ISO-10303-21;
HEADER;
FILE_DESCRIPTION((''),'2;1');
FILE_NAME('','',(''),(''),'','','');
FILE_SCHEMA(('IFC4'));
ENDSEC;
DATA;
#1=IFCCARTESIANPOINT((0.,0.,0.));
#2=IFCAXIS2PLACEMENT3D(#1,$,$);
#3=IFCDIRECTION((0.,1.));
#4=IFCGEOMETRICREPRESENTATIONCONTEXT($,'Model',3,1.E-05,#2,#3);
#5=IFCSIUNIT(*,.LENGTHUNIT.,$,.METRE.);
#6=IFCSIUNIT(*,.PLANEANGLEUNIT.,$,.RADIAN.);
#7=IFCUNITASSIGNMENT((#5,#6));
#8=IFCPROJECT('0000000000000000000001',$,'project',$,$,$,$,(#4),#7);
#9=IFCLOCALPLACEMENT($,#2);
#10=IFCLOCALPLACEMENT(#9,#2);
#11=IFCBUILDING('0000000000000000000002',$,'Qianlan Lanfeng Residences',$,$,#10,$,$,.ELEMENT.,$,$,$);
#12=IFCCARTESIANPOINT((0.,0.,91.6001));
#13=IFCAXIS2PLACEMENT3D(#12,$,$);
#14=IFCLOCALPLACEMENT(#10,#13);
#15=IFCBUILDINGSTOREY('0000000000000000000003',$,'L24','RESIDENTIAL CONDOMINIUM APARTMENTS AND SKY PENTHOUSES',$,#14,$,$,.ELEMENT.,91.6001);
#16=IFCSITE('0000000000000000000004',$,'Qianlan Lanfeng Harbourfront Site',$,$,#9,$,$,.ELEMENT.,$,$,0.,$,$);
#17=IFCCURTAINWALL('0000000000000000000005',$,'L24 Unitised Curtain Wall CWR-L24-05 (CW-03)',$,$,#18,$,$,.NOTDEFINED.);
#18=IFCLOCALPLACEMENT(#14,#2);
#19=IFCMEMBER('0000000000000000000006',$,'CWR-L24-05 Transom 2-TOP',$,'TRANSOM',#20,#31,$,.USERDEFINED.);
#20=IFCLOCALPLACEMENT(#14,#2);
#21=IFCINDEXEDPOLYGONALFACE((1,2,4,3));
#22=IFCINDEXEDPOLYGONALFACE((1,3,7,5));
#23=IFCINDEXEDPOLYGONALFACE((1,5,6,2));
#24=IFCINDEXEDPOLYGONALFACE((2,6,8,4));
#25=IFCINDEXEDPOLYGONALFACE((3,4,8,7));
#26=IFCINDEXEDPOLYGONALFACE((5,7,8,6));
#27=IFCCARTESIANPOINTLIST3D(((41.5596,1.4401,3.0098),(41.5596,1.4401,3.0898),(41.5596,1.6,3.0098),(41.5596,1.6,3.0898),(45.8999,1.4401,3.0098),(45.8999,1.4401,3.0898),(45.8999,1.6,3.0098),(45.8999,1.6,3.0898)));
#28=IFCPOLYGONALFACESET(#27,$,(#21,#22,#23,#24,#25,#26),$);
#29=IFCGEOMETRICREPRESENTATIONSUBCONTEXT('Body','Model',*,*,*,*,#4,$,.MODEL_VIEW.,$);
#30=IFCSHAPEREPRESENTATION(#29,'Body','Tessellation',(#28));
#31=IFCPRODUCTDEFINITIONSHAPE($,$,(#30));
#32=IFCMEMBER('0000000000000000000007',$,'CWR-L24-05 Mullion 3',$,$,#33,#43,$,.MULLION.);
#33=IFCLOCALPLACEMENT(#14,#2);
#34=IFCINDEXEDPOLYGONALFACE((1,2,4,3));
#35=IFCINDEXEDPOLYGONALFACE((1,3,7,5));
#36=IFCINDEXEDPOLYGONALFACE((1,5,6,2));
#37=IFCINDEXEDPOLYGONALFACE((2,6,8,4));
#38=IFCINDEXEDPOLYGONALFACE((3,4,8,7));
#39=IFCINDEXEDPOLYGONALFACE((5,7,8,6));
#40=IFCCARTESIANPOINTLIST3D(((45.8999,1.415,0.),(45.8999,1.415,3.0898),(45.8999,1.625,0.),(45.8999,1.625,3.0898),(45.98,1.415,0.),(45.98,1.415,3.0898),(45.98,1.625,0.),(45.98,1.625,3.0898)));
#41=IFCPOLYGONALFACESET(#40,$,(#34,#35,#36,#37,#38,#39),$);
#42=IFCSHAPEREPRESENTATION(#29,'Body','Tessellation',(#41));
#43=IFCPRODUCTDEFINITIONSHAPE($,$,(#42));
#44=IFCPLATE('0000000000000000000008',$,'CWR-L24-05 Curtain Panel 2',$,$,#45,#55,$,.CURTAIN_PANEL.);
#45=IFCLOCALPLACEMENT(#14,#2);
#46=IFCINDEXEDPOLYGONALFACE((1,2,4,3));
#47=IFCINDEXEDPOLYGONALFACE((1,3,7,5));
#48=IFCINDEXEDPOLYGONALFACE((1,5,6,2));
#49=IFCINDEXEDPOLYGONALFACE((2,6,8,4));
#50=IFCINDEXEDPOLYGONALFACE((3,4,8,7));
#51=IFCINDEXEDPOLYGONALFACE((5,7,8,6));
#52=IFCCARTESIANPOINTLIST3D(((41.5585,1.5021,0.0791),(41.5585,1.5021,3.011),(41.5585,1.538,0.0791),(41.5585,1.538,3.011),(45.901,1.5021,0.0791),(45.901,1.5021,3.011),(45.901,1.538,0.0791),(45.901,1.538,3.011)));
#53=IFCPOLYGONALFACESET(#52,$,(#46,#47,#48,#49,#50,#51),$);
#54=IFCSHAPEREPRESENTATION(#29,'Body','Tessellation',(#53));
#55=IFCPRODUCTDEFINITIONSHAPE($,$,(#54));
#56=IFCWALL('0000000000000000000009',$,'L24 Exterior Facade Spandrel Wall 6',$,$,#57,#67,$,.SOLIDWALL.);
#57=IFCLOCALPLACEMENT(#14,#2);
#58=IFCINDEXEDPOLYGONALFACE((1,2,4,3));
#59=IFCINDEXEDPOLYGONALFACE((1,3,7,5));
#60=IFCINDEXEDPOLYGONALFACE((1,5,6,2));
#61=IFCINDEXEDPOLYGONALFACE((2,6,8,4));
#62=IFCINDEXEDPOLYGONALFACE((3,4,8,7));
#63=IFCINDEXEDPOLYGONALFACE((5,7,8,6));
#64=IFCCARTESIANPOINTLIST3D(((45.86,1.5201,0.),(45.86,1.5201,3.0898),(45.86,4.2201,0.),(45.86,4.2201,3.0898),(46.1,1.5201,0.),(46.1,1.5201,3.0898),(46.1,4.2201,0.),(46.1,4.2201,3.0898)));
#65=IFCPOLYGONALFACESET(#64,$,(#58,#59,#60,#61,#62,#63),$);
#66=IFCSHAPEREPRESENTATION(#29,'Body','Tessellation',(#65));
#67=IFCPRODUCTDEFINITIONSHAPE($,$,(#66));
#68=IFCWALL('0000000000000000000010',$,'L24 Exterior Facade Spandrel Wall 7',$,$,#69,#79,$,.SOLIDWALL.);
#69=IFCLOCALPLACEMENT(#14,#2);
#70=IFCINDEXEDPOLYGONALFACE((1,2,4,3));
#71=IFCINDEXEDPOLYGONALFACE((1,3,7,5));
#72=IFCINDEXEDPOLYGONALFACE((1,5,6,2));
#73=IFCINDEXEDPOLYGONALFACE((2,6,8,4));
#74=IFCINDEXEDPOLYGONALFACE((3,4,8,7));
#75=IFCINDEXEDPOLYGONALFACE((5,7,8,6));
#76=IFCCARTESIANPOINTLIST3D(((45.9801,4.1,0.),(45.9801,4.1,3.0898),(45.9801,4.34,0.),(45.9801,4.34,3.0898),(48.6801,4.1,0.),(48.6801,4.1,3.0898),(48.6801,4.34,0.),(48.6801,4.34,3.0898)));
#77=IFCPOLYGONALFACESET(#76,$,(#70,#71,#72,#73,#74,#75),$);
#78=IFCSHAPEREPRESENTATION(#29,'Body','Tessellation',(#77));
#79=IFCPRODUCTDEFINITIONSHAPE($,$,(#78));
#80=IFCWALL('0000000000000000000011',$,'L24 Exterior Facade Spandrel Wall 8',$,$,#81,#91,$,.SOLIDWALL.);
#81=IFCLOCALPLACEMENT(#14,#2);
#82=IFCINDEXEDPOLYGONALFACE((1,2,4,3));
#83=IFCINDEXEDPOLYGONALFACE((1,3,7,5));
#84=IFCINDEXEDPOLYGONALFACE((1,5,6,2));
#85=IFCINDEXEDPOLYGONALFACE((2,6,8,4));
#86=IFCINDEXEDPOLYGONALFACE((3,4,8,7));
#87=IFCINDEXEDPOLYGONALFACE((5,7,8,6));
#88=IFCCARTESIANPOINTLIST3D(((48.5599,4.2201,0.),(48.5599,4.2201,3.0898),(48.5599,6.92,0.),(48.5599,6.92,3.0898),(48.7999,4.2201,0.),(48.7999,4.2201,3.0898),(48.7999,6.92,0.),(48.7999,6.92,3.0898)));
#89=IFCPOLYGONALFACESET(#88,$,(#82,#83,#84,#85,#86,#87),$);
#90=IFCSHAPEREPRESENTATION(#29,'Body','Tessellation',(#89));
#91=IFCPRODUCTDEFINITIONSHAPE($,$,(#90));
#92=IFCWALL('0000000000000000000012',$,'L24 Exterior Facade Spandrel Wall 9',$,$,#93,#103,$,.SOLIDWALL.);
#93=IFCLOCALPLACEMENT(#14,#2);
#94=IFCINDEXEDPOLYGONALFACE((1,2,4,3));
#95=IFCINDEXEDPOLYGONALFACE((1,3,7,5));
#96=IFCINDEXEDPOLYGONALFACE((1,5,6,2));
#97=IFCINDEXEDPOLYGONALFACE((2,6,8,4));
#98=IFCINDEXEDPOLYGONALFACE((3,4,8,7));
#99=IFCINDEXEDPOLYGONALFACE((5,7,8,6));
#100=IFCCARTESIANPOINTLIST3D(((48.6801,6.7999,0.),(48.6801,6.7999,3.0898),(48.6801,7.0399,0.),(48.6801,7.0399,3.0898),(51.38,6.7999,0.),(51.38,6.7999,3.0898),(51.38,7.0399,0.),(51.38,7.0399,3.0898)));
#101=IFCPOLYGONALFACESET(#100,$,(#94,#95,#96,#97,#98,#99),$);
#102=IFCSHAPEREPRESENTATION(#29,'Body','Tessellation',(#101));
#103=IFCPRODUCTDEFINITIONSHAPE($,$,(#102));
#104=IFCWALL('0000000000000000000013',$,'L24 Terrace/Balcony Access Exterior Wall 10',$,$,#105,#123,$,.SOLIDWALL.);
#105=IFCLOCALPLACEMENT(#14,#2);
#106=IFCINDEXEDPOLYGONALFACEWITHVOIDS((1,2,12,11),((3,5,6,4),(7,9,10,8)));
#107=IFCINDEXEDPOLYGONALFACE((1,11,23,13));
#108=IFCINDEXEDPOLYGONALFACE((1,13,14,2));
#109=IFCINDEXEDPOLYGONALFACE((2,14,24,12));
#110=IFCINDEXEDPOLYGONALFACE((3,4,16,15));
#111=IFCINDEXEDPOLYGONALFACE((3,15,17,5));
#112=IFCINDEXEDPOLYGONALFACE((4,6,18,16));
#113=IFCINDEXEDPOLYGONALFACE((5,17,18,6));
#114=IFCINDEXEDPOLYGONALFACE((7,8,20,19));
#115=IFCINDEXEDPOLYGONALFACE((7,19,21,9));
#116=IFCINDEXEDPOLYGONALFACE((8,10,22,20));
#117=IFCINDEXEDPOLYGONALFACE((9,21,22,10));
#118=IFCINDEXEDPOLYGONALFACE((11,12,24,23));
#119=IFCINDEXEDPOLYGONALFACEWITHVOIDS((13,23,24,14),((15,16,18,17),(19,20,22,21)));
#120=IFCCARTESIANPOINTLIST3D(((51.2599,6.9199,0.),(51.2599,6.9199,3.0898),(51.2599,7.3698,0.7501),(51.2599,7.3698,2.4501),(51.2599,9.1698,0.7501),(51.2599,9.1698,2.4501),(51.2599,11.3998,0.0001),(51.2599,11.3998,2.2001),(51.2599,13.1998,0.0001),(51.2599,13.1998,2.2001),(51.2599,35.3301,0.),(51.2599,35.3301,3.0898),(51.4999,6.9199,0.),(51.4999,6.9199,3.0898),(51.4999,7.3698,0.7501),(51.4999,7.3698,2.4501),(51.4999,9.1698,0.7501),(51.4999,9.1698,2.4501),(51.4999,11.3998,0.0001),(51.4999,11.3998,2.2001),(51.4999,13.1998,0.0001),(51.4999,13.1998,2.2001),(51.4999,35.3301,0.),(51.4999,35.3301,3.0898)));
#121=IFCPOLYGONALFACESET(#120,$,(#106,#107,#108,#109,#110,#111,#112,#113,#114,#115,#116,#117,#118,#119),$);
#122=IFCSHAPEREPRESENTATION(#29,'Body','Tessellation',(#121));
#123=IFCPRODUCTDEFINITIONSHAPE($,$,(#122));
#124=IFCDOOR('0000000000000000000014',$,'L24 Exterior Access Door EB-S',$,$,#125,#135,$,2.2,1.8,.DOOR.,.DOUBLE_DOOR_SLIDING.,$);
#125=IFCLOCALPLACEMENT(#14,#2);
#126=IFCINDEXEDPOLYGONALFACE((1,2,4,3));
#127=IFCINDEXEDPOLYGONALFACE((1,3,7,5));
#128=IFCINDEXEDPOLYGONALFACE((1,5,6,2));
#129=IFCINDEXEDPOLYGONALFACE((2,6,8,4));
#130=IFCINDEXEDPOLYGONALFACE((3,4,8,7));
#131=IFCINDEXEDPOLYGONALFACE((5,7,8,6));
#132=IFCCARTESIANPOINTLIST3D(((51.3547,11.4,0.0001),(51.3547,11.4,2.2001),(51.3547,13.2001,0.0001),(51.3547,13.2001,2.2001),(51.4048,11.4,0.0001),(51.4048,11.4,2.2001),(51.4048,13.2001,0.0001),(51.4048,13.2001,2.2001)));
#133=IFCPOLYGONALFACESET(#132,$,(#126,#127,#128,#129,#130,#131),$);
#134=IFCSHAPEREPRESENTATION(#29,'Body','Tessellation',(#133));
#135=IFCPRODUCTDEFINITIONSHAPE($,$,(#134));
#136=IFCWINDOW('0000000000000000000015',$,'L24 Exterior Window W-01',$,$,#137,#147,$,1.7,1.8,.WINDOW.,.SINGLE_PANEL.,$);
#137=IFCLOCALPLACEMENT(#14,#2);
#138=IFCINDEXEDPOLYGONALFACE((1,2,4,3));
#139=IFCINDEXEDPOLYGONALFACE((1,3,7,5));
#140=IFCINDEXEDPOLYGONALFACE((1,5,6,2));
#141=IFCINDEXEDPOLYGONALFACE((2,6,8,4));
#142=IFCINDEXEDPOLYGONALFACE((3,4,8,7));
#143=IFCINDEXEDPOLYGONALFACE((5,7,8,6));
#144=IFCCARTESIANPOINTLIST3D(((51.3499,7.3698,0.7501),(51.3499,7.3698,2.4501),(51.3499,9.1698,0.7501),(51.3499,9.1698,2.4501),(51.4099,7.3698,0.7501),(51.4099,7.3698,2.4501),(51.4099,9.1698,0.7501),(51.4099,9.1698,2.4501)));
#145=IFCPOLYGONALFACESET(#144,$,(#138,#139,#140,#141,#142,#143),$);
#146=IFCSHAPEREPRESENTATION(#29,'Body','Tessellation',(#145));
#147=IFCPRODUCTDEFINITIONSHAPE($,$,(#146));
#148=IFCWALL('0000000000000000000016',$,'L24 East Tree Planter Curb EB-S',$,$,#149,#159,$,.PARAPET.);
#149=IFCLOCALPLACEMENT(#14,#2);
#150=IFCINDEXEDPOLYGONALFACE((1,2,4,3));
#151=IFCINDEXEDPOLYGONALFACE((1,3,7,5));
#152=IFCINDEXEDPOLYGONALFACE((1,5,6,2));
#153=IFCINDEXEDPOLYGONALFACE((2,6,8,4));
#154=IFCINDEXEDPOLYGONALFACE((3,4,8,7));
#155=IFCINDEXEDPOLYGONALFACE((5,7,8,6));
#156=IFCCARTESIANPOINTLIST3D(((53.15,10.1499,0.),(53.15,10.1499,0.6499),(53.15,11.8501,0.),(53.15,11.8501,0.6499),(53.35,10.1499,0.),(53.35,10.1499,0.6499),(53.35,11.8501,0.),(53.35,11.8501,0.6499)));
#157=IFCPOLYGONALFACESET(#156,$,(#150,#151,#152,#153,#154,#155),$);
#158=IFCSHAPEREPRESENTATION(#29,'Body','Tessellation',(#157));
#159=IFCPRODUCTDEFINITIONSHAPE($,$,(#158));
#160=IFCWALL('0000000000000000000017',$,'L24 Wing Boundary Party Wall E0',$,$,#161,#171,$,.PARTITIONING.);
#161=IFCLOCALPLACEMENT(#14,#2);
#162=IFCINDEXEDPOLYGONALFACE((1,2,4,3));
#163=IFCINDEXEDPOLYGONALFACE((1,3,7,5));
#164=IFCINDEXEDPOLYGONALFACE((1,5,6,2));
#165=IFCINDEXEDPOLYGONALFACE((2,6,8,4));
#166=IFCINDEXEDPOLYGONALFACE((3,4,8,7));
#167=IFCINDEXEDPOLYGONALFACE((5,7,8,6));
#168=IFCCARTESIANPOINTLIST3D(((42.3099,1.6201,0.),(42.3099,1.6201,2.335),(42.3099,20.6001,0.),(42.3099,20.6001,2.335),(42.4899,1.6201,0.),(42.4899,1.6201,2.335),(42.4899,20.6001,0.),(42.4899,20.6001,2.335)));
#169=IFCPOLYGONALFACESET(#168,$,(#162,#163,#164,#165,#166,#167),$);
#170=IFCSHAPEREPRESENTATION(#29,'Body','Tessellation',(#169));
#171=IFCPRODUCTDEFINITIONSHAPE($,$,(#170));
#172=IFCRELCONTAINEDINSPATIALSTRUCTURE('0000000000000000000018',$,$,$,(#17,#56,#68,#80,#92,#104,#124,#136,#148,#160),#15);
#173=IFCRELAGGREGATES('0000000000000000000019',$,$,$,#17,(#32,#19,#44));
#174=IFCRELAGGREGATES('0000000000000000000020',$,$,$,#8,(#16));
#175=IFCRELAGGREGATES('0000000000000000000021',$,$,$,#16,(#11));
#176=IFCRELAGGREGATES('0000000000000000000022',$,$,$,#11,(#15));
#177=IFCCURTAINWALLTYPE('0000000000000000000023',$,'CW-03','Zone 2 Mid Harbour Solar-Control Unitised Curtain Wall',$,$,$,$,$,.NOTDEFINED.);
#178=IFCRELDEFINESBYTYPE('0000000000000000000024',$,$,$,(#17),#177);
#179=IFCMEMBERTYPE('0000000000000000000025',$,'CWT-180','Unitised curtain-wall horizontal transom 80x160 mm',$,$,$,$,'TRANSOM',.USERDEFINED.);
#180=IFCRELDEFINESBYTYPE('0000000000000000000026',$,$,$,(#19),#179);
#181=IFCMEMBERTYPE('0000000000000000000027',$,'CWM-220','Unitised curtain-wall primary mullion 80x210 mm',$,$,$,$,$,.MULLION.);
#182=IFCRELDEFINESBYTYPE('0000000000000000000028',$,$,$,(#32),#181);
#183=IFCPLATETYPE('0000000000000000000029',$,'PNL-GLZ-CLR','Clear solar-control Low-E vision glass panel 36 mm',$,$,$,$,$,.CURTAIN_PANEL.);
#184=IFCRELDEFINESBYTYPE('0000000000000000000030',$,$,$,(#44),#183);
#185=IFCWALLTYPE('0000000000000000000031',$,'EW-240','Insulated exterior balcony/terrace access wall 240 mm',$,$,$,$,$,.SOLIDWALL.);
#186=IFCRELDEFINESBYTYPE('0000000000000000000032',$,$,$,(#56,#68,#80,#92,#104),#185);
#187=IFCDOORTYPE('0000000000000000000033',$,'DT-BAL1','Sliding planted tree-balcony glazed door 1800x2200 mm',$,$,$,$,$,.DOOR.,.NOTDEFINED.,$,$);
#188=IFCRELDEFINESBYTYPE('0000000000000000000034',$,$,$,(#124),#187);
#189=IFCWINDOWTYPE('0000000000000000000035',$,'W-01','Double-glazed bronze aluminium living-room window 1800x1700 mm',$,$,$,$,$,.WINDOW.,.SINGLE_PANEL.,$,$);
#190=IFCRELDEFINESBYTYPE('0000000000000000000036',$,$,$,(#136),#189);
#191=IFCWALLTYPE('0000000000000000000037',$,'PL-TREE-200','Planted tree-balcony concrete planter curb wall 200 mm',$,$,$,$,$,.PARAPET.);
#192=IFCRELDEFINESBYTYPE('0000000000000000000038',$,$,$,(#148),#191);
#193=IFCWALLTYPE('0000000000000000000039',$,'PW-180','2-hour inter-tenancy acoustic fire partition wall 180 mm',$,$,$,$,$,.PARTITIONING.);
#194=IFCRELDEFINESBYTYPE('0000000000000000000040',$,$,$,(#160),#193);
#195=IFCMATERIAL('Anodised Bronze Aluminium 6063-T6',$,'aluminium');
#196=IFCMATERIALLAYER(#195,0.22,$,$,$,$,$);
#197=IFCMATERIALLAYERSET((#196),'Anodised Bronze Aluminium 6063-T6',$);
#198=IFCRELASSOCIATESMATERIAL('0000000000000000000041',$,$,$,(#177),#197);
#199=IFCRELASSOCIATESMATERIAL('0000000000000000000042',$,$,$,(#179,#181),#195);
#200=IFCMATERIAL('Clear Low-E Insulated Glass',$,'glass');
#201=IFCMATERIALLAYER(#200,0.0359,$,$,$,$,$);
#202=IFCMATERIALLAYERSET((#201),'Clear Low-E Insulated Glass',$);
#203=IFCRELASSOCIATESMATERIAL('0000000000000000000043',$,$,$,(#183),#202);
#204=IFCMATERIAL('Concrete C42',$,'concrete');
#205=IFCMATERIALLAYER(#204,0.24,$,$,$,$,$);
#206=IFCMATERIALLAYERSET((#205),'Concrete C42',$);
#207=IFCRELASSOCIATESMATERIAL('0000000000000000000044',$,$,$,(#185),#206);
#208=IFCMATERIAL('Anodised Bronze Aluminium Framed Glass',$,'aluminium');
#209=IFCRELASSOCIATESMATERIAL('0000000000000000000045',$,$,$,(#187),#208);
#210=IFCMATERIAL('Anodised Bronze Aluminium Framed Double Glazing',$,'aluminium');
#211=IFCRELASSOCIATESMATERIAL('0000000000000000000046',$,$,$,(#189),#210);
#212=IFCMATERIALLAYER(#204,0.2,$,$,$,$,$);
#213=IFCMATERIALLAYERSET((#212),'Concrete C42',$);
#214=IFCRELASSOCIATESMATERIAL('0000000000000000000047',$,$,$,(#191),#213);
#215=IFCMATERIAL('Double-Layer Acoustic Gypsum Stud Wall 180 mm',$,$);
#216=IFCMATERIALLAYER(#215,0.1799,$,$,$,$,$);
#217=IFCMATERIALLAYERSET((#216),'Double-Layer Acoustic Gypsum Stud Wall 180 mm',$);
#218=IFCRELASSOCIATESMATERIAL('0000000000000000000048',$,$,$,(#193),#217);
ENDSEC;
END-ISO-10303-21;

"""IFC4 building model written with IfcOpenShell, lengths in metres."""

from ifc_helpers import new_model, si_unit, direction, frame, frame_2d, origin, origin_2d, place, context, subcontext, project, spatial, rectangle, extrude, source, transform, mapped, material, layer, layer_set, material_profile, profile_set, type_object, element, fill, aggregate, save


model = new_model("IFC4")

# Units and contexts
model_context = context("Model", 3, precision=1e-05, world=origin(), true_north=direction((0.0, 1.0)))
body_context = subcontext(model_context, "Body", "Model", "MODEL_VIEW")
ifc_project = project(units=[si_unit("LENGTHUNIT", "METRE"), si_unit("PLANEANGLEUNIT", "RADIAN")], contexts=[model_context])

# Site, building, storey
site_placement = place(None, origin())
site = spatial("IfcSite", under=ifc_project, at=site_placement, Name="Qianlan Lanfeng Harbourfront Site", CompositionType="ELEMENT", RefElevation=0.0)
building_placement = place(site_placement, origin())
building = spatial("IfcBuilding", under=site, at=building_placement, Name="Qianlan Lanfeng Residences", CompositionType="ELEMENT")
storey_placement = place(building_placement, frame((0.0, 0.0, 91.6001)))
storey = spatial("IfcBuildingStorey", under=building, at=storey_placement, Name="L24", Description="RESIDENTIAL CONDOMINIUM APARTMENTS AND SKY PENTHOUSES", CompositionType="ELEMENT", Elevation=91.6001)

# Curtain wall, members, plate
ifc_material_1 = material(Name="Anodised Bronze Aluminium 6063-T6", Category="aluminium")
ifc_layer_1 = layer(ifc_material_1, 0.22)
ifc_layer_set_1 = layer_set([ifc_layer_1], Name="Anodised Bronze Aluminium 6063-T6")
curtain_wall_type = type_object("IfcCurtainWallType", Name="CW-03", Description="Zone 2 Mid Harbour Solar-Control Unitised Curtain Wall", PredefinedType="NOTDEFINED", material=ifc_layer_set_1)
curtain_wall_placement = place(storey_placement, origin())
curtain_wall = element("IfcCurtainWall", 1, at=curtain_wall_placement, inside=storey, type_object=curtain_wall_type, Name="L24 Unitised Curtain Wall CWR-L24-05 (CW-03)", PredefinedType="NOTDEFINED")
ifc_material_profile_1 = material_profile(ifc_material_1, rectangle(XDim=0.0801, YDim=0.1599, at=origin_2d()), Name="ALU TRANSOM 80x160")
ifc_profile_set_1 = profile_set([ifc_material_profile_1], Name="Anodised Bronze Aluminium 6063-T6")
member_type_1 = type_object("IfcMemberType", Name="CWT-180", Description="Unitised curtain-wall horizontal transom 80x160 mm", ElementType="TRANSOM", PredefinedType="USERDEFINED", material=ifc_profile_set_1)
shared_shape_1 = source(origin(), body_context, "Body", "SweptSolid", [
    extrude(rectangle(XDim=0.0801, YDim=0.1599, at=origin_2d()), origin(), (0.0, 0.0, 1.0), 4.3403),
])
member_1_placement = place(storey_placement, frame((41.5596, 1.52, 3.0498), z_axis=(1.0, 0.0, 0.0), x_axis=(0.0, 0.0, 1.0)))
member_1 = element("IfcMember", 2, at=member_1_placement, type_object=member_type_1, Name="CWR-L24-05 Transom 2-TOP", ObjectType="TRANSOM", PredefinedType="USERDEFINED", context=body_context, shape_type="MappedRepresentation", body=[
    mapped(shared_shape_1, transform((0.0, 0.0, 0.0), scale=1.0)),
])
ifc_material_profile_2 = material_profile(ifc_material_1, rectangle(XDim=0.0801, YDim=0.21, at=origin_2d()), Name="ALU MULLION 80x210")
ifc_profile_set_2 = profile_set([ifc_material_profile_2], Name="Anodised Bronze Aluminium 6063-T6")
member_type_2 = type_object("IfcMemberType", Name="CWM-220", Description="Unitised curtain-wall primary mullion 80x210 mm", PredefinedType="MULLION", material=ifc_profile_set_2)
shared_shape_2 = source(origin(), body_context, "Body", "SweptSolid", [
    extrude(rectangle(XDim=0.0801, YDim=0.21, at=origin_2d()), origin(), (0.0, 0.0, 1.0), 3.0898),
])
member_2_placement = place(storey_placement, frame((45.9399, 1.52, 0.0), z_axis=(0.0, 0.0, 1.0), x_axis=(1.0, 0.0, 0.0)))
member_2 = element("IfcMember", 3, at=member_2_placement, type_object=member_type_2, Name="CWR-L24-05 Mullion 3", PredefinedType="MULLION", context=body_context, shape_type="MappedRepresentation", body=[
    mapped(shared_shape_2, transform((0.0, 0.0, 0.0), scale=1.0)),
])
ifc_material_2 = material(Name="Clear Low-E Insulated Glass", Category="glass")
ifc_layer_2 = layer(ifc_material_2, 0.0359)
ifc_layer_set_2 = layer_set([ifc_layer_2], Name="Clear Low-E Insulated Glass")
plate_type = type_object("IfcPlateType", Name="PNL-GLZ-CLR", Description="Clear solar-control Low-E vision glass panel 36 mm", PredefinedType="CURTAIN_PANEL", material=ifc_layer_set_2)
shared_shape_3 = source(origin(), body_context, "Body", "SweptSolid", [
    extrude(rectangle(XDim=4.3425, YDim=0.0359, at=origin_2d()), origin(), (0.0, 0.0, 1.0), 2.9319),
])
plate_placement = place(storey_placement, frame((43.7297, 1.52, 0.0791), z_axis=(0.0, 0.0, 1.0), x_axis=(1.0, 0.0, 0.0)))
plate = element("IfcPlate", 4, at=plate_placement, type_object=plate_type, Name="CWR-L24-05 Curtain Panel 2", PredefinedType="CURTAIN_PANEL", context=body_context, shape_type="MappedRepresentation", body=[
    mapped(shared_shape_3, transform((0.0, 0.0, 0.0), scale=1.0)),
])
aggregate(curtain_wall, [member_2, member_1, plate])

# Walls
ifc_material_3 = material(Name="Concrete C42", Category="concrete")
ifc_layer_3 = layer(ifc_material_3, 0.24)
ifc_layer_set_3 = layer_set([ifc_layer_3], Name="Concrete C42")
wall_type_1 = type_object("IfcWallType", Name="EW-240", Description="Insulated exterior balcony/terrace access wall 240 mm", PredefinedType="SOLIDWALL", material=ifc_layer_set_3)
for number, where, z_axis, x_axis, name in (
    (5, (45.98, 1.52, 0.0), (0.0, 0.0, 1.0), (0.0, 1.0, 0.0), "L24 Exterior Facade Spandrel Wall 6"),
    (6, (45.98, 4.22, 0.0), (0.0, 0.0, 1.0), (1.0, 0.0, 0.0), "L24 Exterior Facade Spandrel Wall 7"),
    (7, (48.6799, 4.22, 0.0), (0.0, 0.0, 1.0), (0.0, 1.0, 0.0), "L24 Exterior Facade Spandrel Wall 8"),
    (8, (48.6799, 6.9199, 0.0), (0.0, 0.0, 1.0), (1.0, 0.0, 0.0), "L24 Exterior Facade Spandrel Wall 9"),
):
    element("IfcWall", number, at=place(storey_placement, frame(where, z_axis=z_axis, x_axis=x_axis)), inside=storey, type_object=wall_type_1, Name=name, PredefinedType="SOLIDWALL", context=body_context, shape_type="SweptSolid", body=[
        extrude(rectangle(XDim=2.7, YDim=0.24, at=frame_2d((1.3501, 0.0))), origin(), (0.0, 0.0, 1.0), 3.0898),
    ])

# Wall, openings, door, window
wall_1_placement = place(storey_placement, frame((51.3799, 6.9199, 0.0), z_axis=(0.0, 0.0, 1.0), x_axis=(0.0, 1.0, 0.0)))
wall_1 = element("IfcWall", 9, at=wall_1_placement, inside=storey, type_object=wall_type_1, Name="L24 Terrace/Balcony Access Exterior Wall 10", PredefinedType="SOLIDWALL", context=body_context, shape_type="SweptSolid", body=[
    extrude(rectangle(XDim=28.4102, YDim=0.24, at=frame_2d((14.2051, 0.0))), origin(), (0.0, 0.0, 1.0), 3.0898),
])
opening_1_placement = place(wall_1_placement, frame((4.48, 0.0, 0.0)))
opening_1 = element("IfcOpeningElement", 10, at=opening_1_placement, cuts=wall_1, PredefinedType="OPENING", context=body_context, shape_type="SweptSolid", body=[
    extrude(rectangle(XDim=1.8, YDim=2.2, at=frame_2d((0.8999, 1.1001))), frame((0.0, 0.1299, 0.0), z_axis=(0.0, -1.0, 0.0), x_axis=(1.0, 0.0, 0.0)), (0.0, 0.0, 1.0), 0.26),
])
opening_2_placement = place(wall_1_placement, frame((0.45, 0.0, 0.75)))
opening_2 = element("IfcOpeningElement", 11, at=opening_2_placement, cuts=wall_1, PredefinedType="OPENING", context=body_context, shape_type="SweptSolid", body=[
    extrude(rectangle(XDim=1.8, YDim=1.7, at=frame_2d((0.8999, 0.8501))), frame((0.0, 0.1299, 0.0), z_axis=(0.0, -1.0, 0.0), x_axis=(1.0, 0.0, 0.0)), (0.0, 0.0, 1.0), 0.26),
])
ifc_material_4 = material(Name="Anodised Bronze Aluminium Framed Glass", Category="aluminium")
door_type = type_object("IfcDoorType", Name="DT-BAL1", Description="Sliding planted tree-balcony glazed door 1800x2200 mm", OperationType="NOTDEFINED", PredefinedType="DOOR", material=ifc_material_4)
door_placement = place(opening_1_placement, frame((1.8, 0.0, 0.0), z_axis=(0.0, 0.0, 1.0), x_axis=(-1.0, 0.0, 0.0)))
door = element("IfcDoor", 12, at=door_placement, inside=storey, type_object=door_type, Name="L24 Exterior Access Door EB-S", OperationType="DOUBLE_DOOR_SLIDING", OverallHeight=2.2, OverallWidth=1.8, PredefinedType="DOOR", context=body_context, shape_type="SweptSolid", body=[
    extrude(rectangle(XDim=1.8, YDim=2.2, at=frame_2d((0.8999, 1.1001))), frame((0.0, 0.0249, 0.0), z_axis=(0.0, -1.0, 0.0), x_axis=(1.0, 0.0, 0.0)), (0.0, 0.0, 1.0), 0.05),
])
fill(opening_1, door)
ifc_material_5 = material(Name="Anodised Bronze Aluminium Framed Double Glazing", Category="aluminium")
window_type = type_object("IfcWindowType", Name="W-01", Description="Double-glazed bronze aluminium living-room window 1800x1700 mm", PartitioningType="SINGLE_PANEL", PredefinedType="WINDOW", material=ifc_material_5)
window_placement = place(opening_2_placement, origin())
window = element("IfcWindow", 13, at=window_placement, inside=storey, type_object=window_type, Name="L24 Exterior Window W-01", OverallHeight=1.7, OverallWidth=1.8, PartitioningType="SINGLE_PANEL", PredefinedType="WINDOW", context=body_context, shape_type="SweptSolid", body=[
    extrude(rectangle(XDim=1.8, YDim=1.7, at=frame_2d((0.8999, 0.8501))), frame((0.0, 0.03, 0.0), z_axis=(0.0, -1.0, 0.0), x_axis=(1.0, 0.0, 0.0)), (0.0, 0.0, 1.0), 0.0601),
])
fill(opening_2, window)

# Walls
ifc_layer_4 = layer(ifc_material_3, 0.2)
ifc_layer_set_4 = layer_set([ifc_layer_4], Name="Concrete C42")
wall_type_2 = type_object("IfcWallType", Name="PL-TREE-200", Description="Planted tree-balcony concrete planter curb wall 200 mm", PredefinedType="PARAPET", material=ifc_layer_set_4)
wall_2_placement = place(storey_placement, frame((53.25, 10.1499, 0.0), z_axis=(0.0, 0.0, 1.0), x_axis=(0.0, 1.0, 0.0)))
element("IfcWall", 14, at=wall_2_placement, inside=storey, type_object=wall_type_2, Name="L24 East Tree Planter Curb EB-S", PredefinedType="PARAPET", context=body_context, shape_type="SweptSolid", body=[
    extrude(rectangle(XDim=1.7002, YDim=0.2, at=frame_2d((0.8501, 0.0))), origin(), (0.0, 0.0, 1.0), 0.6499),
])
ifc_material_6 = material(Name="Double-Layer Acoustic Gypsum Stud Wall 180 mm")
ifc_layer_5 = layer(ifc_material_6, 0.1799)
ifc_layer_set_5 = layer_set([ifc_layer_5], Name="Double-Layer Acoustic Gypsum Stud Wall 180 mm")
wall_type_3 = type_object("IfcWallType", Name="PW-180", Description="2-hour inter-tenancy acoustic fire partition wall 180 mm", PredefinedType="PARTITIONING", material=ifc_layer_set_5)
wall_3_placement = place(storey_placement, frame((42.3999, 1.6201, 0.0), z_axis=(0.0, 0.0, 1.0), x_axis=(0.0, 1.0, 0.0)))
element("IfcWall", 15, at=wall_3_placement, inside=storey, type_object=wall_type_3, Name="L24 Wing Boundary Party Wall E0", PredefinedType="PARTITIONING", context=body_context, shape_type="SweptSolid", body=[
    extrude(rectangle(XDim=18.98, YDim=0.1799, at=frame_2d((9.49, 0.0))), origin(), (0.0, 0.0, 1.0), 2.335),
])

save(model, "model.ifc")
